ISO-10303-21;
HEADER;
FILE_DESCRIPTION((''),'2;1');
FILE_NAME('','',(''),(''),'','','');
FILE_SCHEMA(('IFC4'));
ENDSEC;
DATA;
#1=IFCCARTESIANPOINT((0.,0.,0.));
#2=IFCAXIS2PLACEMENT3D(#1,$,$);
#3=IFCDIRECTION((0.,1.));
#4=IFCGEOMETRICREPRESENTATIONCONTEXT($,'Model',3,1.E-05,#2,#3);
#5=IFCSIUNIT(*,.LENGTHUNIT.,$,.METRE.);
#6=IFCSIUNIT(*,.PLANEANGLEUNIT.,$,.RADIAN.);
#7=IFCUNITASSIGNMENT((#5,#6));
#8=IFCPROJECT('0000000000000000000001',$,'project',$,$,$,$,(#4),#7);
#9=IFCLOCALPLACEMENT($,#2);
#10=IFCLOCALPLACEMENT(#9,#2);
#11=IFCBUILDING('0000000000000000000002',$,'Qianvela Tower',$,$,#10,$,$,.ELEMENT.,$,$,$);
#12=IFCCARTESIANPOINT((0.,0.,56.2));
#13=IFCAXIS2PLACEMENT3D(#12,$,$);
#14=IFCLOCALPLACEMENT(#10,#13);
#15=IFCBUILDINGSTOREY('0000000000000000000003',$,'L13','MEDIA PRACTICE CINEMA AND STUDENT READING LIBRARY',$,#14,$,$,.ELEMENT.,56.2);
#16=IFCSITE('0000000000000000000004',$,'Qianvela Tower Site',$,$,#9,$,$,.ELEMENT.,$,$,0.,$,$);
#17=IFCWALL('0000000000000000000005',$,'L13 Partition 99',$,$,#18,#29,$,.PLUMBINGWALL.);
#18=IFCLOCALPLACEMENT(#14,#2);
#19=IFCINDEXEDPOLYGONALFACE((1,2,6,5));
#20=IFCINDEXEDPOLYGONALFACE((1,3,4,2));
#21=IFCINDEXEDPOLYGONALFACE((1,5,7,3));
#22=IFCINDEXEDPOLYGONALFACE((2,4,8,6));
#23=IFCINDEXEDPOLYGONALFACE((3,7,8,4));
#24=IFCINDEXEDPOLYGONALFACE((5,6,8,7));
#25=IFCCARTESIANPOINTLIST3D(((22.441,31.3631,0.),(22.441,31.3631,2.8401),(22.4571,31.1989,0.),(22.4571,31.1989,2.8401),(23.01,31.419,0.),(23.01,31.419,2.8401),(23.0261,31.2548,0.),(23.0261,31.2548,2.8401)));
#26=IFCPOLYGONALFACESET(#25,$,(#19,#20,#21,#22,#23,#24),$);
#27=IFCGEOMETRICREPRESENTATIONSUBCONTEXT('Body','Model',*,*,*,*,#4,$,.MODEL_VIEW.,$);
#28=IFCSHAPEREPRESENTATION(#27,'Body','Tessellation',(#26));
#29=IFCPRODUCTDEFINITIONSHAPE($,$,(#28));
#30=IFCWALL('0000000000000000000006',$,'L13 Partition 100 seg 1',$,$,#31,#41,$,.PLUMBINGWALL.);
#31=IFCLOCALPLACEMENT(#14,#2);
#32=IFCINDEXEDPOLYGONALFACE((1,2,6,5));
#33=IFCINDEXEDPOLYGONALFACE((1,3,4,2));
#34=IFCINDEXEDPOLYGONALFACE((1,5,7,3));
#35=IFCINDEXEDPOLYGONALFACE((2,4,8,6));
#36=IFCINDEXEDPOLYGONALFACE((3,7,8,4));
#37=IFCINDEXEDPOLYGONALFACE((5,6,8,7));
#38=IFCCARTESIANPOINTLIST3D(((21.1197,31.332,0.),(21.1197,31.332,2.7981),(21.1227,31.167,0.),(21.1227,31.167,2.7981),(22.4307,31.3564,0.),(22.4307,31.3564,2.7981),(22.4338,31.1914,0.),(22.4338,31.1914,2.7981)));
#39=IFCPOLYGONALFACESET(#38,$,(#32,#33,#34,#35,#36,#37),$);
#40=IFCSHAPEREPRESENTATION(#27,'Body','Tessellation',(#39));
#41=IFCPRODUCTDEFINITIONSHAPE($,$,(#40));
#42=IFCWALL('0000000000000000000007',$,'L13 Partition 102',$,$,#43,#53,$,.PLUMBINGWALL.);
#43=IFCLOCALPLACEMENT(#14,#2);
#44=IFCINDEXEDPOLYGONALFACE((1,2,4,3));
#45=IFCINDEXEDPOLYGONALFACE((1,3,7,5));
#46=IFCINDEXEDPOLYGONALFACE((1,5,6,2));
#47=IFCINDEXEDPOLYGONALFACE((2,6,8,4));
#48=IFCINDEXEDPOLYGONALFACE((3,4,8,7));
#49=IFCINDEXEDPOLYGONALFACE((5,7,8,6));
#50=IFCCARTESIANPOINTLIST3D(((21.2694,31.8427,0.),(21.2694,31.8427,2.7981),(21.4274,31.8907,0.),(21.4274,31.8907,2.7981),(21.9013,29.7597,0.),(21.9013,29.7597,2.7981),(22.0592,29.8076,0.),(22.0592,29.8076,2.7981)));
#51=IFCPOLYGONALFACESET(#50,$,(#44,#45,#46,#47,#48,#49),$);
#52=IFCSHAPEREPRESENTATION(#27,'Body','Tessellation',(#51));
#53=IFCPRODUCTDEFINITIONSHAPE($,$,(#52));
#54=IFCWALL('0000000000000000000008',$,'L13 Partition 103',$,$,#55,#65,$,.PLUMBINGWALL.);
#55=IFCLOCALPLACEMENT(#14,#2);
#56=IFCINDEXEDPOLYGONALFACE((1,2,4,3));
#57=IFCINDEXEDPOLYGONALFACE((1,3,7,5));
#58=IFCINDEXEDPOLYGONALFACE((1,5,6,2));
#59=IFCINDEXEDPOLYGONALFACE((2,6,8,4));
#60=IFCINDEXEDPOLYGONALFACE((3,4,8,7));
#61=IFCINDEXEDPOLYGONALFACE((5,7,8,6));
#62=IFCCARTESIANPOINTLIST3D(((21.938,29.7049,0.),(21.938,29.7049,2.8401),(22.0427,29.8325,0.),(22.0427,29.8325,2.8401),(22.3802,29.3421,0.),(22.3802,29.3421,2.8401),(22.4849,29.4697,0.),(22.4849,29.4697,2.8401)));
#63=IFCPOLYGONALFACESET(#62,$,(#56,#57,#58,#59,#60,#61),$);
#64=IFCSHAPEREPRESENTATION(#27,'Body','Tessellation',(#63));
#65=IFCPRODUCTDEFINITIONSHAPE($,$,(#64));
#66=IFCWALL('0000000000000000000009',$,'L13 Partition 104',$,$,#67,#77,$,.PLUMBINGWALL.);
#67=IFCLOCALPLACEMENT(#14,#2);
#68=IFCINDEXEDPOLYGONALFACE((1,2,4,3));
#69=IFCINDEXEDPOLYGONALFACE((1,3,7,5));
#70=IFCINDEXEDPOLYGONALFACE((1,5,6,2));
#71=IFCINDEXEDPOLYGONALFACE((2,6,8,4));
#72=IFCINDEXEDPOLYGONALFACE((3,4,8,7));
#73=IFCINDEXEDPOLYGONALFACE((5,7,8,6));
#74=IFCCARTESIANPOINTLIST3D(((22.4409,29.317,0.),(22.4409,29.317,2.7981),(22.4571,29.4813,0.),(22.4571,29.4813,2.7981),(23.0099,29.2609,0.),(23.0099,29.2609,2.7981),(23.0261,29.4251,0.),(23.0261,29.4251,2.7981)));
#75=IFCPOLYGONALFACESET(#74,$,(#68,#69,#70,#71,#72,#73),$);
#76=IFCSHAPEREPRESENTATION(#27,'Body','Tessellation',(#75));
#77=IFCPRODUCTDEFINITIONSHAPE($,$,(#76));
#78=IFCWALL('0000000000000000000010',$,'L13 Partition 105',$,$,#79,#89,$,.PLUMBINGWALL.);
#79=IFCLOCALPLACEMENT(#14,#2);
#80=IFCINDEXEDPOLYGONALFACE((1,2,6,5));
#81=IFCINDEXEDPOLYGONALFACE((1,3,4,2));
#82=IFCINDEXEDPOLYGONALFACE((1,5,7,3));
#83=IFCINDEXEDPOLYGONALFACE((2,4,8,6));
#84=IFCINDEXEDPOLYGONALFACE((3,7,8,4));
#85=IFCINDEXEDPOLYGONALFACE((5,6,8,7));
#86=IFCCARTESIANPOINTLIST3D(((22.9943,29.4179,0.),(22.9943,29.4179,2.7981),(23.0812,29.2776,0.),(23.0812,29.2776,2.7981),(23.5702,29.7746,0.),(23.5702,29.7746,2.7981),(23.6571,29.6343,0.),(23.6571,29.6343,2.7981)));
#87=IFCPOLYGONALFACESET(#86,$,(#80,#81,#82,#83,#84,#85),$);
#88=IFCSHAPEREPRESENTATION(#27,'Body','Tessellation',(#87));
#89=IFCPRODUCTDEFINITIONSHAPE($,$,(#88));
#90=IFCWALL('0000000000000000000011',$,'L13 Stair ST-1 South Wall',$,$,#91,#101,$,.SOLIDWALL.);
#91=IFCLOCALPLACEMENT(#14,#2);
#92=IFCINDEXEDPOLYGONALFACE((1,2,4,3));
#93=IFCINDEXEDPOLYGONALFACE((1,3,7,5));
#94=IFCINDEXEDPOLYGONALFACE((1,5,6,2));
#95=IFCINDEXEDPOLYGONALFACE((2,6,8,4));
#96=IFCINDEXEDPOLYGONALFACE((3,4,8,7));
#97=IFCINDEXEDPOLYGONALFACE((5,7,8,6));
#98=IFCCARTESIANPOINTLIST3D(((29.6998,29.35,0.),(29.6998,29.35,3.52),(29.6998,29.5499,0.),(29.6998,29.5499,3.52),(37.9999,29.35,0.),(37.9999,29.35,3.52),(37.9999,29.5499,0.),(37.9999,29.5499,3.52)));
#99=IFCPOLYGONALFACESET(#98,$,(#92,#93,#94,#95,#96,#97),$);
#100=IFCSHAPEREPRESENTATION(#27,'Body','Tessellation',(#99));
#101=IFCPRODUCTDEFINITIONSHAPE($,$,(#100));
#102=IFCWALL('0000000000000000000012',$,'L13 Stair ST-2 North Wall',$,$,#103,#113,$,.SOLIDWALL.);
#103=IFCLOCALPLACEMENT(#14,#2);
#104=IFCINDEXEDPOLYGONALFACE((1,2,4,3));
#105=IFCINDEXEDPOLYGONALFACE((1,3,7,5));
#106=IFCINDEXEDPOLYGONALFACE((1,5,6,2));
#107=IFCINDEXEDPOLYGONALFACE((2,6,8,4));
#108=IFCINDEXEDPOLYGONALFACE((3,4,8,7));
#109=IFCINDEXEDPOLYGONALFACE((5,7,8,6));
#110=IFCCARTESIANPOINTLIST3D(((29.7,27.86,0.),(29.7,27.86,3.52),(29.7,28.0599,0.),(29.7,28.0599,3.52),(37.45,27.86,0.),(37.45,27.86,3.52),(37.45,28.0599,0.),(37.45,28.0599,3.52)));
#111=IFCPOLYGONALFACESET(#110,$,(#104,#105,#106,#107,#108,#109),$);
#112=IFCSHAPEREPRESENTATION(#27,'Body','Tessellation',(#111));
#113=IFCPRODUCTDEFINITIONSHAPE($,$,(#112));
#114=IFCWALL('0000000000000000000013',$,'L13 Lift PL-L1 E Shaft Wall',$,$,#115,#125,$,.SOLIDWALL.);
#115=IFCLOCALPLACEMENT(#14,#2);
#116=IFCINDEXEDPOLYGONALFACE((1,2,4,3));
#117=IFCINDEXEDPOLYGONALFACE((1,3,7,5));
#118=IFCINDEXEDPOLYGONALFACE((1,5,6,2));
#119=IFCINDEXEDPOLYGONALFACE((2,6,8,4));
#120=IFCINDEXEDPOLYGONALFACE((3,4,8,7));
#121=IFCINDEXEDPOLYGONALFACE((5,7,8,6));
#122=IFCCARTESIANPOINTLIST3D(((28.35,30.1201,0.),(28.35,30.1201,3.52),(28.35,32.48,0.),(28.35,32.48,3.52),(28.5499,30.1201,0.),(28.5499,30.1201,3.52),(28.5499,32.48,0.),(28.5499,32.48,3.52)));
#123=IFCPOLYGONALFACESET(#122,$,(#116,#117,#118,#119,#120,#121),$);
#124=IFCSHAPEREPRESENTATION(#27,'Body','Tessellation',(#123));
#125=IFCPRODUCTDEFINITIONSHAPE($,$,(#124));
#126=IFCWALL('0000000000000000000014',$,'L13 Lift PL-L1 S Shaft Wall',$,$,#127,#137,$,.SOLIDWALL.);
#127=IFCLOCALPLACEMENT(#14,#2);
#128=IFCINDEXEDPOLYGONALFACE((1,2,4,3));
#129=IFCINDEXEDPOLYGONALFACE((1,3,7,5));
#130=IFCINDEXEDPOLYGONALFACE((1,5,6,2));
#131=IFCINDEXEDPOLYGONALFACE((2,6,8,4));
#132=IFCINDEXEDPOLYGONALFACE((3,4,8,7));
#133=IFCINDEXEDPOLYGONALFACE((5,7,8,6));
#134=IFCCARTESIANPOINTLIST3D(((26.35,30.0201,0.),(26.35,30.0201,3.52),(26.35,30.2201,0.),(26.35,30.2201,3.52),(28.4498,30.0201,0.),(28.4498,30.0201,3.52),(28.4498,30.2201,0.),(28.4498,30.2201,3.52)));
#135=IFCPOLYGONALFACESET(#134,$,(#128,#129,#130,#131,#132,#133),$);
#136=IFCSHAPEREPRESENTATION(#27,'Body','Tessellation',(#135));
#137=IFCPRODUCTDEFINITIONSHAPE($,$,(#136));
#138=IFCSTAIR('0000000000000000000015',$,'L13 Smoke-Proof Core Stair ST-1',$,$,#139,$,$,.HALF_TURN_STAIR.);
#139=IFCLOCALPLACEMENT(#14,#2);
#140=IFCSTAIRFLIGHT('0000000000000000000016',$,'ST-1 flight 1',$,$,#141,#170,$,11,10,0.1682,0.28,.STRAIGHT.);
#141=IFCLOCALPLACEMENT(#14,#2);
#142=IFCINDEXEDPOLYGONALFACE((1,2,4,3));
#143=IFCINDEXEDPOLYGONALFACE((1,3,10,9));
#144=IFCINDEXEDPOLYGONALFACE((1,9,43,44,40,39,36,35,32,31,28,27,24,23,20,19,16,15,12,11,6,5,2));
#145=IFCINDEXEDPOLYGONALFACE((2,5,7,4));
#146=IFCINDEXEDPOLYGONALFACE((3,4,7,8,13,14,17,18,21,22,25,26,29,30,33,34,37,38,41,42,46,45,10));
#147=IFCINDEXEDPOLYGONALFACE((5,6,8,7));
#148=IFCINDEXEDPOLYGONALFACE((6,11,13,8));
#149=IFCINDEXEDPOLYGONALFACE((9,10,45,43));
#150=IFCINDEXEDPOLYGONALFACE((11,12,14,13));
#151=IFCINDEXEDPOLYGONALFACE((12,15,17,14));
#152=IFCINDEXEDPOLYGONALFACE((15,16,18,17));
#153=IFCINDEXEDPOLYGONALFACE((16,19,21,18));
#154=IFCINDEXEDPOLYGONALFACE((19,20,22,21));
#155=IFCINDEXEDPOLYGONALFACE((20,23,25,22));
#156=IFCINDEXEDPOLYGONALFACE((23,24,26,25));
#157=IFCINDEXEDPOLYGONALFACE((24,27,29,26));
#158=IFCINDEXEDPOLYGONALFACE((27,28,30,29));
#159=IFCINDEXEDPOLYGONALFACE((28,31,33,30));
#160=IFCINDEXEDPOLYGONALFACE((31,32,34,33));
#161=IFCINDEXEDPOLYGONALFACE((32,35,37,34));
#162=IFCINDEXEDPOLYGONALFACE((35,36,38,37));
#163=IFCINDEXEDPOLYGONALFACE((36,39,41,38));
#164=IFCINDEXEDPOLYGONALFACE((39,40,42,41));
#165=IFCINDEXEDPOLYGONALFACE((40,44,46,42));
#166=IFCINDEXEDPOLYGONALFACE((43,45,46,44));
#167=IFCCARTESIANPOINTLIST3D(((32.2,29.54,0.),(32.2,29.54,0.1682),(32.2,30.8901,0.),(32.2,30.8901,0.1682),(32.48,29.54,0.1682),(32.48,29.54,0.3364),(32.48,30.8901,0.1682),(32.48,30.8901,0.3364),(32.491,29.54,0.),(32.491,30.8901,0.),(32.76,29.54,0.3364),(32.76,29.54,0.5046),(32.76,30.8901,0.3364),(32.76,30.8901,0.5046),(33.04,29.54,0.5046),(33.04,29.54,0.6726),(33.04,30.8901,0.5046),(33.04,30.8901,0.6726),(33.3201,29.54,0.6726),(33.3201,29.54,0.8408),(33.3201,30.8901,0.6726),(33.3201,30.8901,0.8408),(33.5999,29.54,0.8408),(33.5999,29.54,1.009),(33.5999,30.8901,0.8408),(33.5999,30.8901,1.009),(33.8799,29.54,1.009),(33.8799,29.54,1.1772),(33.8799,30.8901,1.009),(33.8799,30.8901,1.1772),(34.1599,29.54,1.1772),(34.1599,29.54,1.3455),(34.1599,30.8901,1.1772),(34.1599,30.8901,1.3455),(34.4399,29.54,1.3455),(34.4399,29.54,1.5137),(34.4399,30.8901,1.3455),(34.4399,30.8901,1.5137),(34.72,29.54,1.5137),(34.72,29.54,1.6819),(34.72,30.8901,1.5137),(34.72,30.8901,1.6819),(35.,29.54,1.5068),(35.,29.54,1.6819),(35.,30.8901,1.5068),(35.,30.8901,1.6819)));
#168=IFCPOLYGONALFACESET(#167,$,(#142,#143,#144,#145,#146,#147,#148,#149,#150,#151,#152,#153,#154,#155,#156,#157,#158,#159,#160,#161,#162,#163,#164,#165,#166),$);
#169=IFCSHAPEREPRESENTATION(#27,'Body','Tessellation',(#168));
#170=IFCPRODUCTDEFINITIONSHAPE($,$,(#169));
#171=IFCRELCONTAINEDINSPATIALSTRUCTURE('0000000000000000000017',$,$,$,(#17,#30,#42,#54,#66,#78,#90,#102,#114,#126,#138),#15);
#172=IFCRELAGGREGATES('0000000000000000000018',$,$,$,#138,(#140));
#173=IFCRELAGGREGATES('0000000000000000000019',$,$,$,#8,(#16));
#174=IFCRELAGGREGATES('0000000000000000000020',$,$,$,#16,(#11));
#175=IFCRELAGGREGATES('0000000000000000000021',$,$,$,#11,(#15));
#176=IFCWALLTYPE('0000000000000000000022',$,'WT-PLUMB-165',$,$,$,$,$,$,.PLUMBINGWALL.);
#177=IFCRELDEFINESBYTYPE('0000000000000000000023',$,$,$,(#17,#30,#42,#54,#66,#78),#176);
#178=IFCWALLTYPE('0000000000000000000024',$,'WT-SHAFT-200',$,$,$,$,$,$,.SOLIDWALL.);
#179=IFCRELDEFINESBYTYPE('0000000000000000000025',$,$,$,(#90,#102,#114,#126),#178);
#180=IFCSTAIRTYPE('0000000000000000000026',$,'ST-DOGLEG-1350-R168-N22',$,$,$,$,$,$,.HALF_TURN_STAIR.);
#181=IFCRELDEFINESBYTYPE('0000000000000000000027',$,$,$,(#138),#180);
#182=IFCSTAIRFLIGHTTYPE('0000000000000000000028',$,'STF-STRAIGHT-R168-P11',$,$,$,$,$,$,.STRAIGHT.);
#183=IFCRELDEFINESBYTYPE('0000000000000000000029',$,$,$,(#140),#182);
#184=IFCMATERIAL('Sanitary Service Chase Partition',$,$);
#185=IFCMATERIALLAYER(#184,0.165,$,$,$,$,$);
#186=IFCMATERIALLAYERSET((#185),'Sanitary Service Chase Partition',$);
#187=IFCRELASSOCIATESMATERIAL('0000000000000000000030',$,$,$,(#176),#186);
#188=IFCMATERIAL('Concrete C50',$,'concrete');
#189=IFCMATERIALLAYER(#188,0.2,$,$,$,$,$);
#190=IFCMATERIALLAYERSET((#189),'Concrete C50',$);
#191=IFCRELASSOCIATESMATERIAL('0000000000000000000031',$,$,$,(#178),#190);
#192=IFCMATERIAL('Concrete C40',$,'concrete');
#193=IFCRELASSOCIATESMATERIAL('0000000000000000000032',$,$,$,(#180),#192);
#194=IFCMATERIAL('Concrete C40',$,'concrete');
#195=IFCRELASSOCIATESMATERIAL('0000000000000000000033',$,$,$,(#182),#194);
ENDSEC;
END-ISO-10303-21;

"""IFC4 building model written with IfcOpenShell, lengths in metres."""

from ifc_helpers import new_model, si_unit, direction, frame, frame_2d, origin, place, context, subcontext, project, spatial, polyline, rectangle, outline, extrude, material, layer, layer_set, type_object, element, aggregate, save


model = new_model("IFC4")

# Units and contexts
model_context = context("Model", 3, precision=1e-05, world=origin(), true_north=direction((0.0, 1.0)))
body_context = subcontext(model_context, "Body", "Model", "MODEL_VIEW")
ifc_project = project(units=[si_unit("LENGTHUNIT", "METRE"), si_unit("PLANEANGLEUNIT", "RADIAN")], contexts=[model_context])

# Site, building, storey
site_placement = place(None, origin())
site = spatial("IfcSite", under=ifc_project, at=site_placement, Name="Qianvela Tower Site", CompositionType="ELEMENT", RefElevation=0.0)
building_placement = place(site_placement, origin())
building = spatial("IfcBuilding", under=site, at=building_placement, Name="Qianvela Tower", CompositionType="ELEMENT")
storey_placement = place(building_placement, frame((0.0, 0.0, 56.2)))
storey = spatial("IfcBuildingStorey", under=building, at=storey_placement, Name="L13", Description="MEDIA PRACTICE CINEMA AND STUDENT READING LIBRARY", CompositionType="ELEMENT", Elevation=56.2)

# Walls
ifc_material_1 = material(Name="Sanitary Service Chase Partition")
ifc_layer_1 = layer(ifc_material_1, 0.165)
ifc_layer_set_1 = layer_set([ifc_layer_1], Name="Sanitary Service Chase Partition")
wall_type_1 = type_object("IfcWallType", Name="WT-PLUMB-165", PredefinedType="PLUMBINGWALL", material=ifc_layer_set_1)
wall_1_placement = place(storey_placement, frame((23.0181, 31.3369, 0.0), z_axis=(0.0, 0.0, 1.0), x_axis=(-0.995209, -0.09777, 0.0)))
element("IfcWall", 1, at=wall_1_placement, inside=storey, type_object=wall_type_1, Name="L13 Partition 99", PredefinedType="PLUMBINGWALL", context=body_context, shape_type="SweptSolid", body=[
    extrude(rectangle(XDim=0.5718, YDim=0.165, at=frame_2d((0.2859, 0.0))), origin(), (0.0, 0.0, 1.0), 2.8401),
])
wall_2_placement = place(storey_placement, frame((22.4324, 31.2739, 0.0), z_axis=(0.0, 0.0, 1.0), x_axis=(-0.999827, -0.018619, 0.0)))
element("IfcWall", 2, at=wall_2_placement, inside=storey, type_object=wall_type_1, Name="L13 Partition 100 seg 1", PredefinedType="PLUMBINGWALL", context=body_context, shape_type="SweptSolid", body=[
    extrude(rectangle(XDim=1.3113, YDim=0.165, at=frame_2d((0.6558, 0.0))), origin(), (0.0, 0.0, 1.0), 2.7981),
])
wall_3_placement = place(storey_placement, frame((21.3484, 31.8667, 0.0), z_axis=(0.0, 0.0, 1.0), x_axis=(0.290269, -0.956945, 0.0)))
element("IfcWall", 3, at=wall_3_placement, inside=storey, type_object=wall_type_1, Name="L13 Partition 102", PredefinedType="PLUMBINGWALL", context=body_context, shape_type="SweptSolid", body=[
    extrude(rectangle(XDim=2.1768, YDim=0.165, at=frame_2d((1.0884, 0.0))), origin(), (0.0, 0.0, 1.0), 2.7981),
])
wall_4_placement = place(storey_placement, frame((21.9902, 29.7688, 0.0), z_axis=(0.0, 0.0, 1.0), x_axis=(0.773063, -0.63433, 0.0)))
element("IfcWall", 4, at=wall_4_placement, inside=storey, type_object=wall_type_1, Name="L13 Partition 103", PredefinedType="PLUMBINGWALL", context=body_context, shape_type="SweptSolid", body=[
    extrude(rectangle(XDim=0.572, YDim=0.165, at=frame_2d((0.2861, 0.0))), origin(), (0.0, 0.0, 1.0), 2.8401),
])
wall_5_placement = place(storey_placement, frame((22.449, 29.3992, 0.0), z_axis=(0.0, 0.0, 1.0), x_axis=(0.995167, -0.098193, 0.0)))
element("IfcWall", 5, at=wall_5_placement, inside=storey, type_object=wall_type_1, Name="L13 Partition 104", PredefinedType="PLUMBINGWALL", context=body_context, shape_type="SweptSolid", body=[
    extrude(rectangle(XDim=0.5718, YDim=0.165, at=frame_2d((0.2859, 0.0))), origin(), (0.0, 0.0, 1.0), 2.7981),
])
wall_6_placement = place(storey_placement, frame((23.0376, 29.3477, 0.0), z_axis=(0.0, 0.0, 1.0), x_axis=(0.850158, 0.526528, 0.0)))
element("IfcWall", 6, at=wall_6_placement, inside=storey, type_object=wall_type_1, Name="L13 Partition 105", PredefinedType="PLUMBINGWALL", context=body_context, shape_type="SweptSolid", body=[
    extrude(rectangle(XDim=0.6775, YDim=0.165, at=frame_2d((0.3389, 0.0))), origin(), (0.0, 0.0, 1.0), 2.7981),
])
ifc_material_2 = material(Name="Concrete C50", Category="concrete")
ifc_layer_2 = layer(ifc_material_2, 0.2)
ifc_layer_set_2 = layer_set([ifc_layer_2], Name="Concrete C50")
wall_type_2 = type_object("IfcWallType", Name="WT-SHAFT-200", PredefinedType="SOLIDWALL", material=ifc_layer_set_2)
wall_7_placement = place(storey_placement, frame((29.7, 29.45, 0.0), z_axis=(0.0, 0.0, 1.0), x_axis=(1.0, 0.0, 0.0)))
element("IfcWall", 7, at=wall_7_placement, inside=storey, type_object=wall_type_2, Name="L13 Stair ST-1 South Wall", PredefinedType="SOLIDWALL", context=body_context, shape_type="SweptSolid", body=[
    extrude(rectangle(XDim=8.3, YDim=0.2, at=frame_2d((4.1499, 0.0))), origin(), (0.0, 0.0, 1.0), 3.52),
])
wall_8_placement = place(storey_placement, frame((29.7, 27.96, 0.0), z_axis=(0.0, 0.0, 1.0), x_axis=(1.0, 0.0, 0.0)))
element("IfcWall", 8, at=wall_8_placement, inside=storey, type_object=wall_type_2, Name="L13 Stair ST-2 North Wall", PredefinedType="SOLIDWALL", context=body_context, shape_type="SweptSolid", body=[
    extrude(rectangle(XDim=7.75, YDim=0.2, at=frame_2d((3.875, 0.0))), origin(), (0.0, 0.0, 1.0), 3.52),
])
wall_9_placement = place(storey_placement, frame((28.45, 30.1201, 0.0), z_axis=(0.0, 0.0, 1.0), x_axis=(0.0, 1.0, 0.0)))
element("IfcWall", 9, at=wall_9_placement, inside=storey, type_object=wall_type_2, Name="L13 Lift PL-L1 E Shaft Wall", PredefinedType="SOLIDWALL", context=body_context, shape_type="SweptSolid", body=[
    extrude(rectangle(XDim=2.3599, YDim=0.2, at=frame_2d((1.1799, 0.0))), origin(), (0.0, 0.0, 1.0), 3.52),
])

# Wall
wall_10_placement = place(storey_placement, frame((26.3501, 30.1201, 0.0), z_axis=(0.0, 0.0, 1.0), x_axis=(1.0, 0.0, 0.0)))
element("IfcWall", 10, at=wall_10_placement, inside=storey, type_object=wall_type_2, Name="L13 Lift PL-L1 S Shaft Wall", PredefinedType="SOLIDWALL", context=body_context, shape_type="SweptSolid", body=[
    extrude(rectangle(XDim=2.0999, YDim=0.2, at=frame_2d((1.0498, 0.0))), origin(), (0.0, 0.0, 1.0), 3.52),
])

# Stair, stair flight
ifc_material_3 = material(Name="Concrete C40", Category="concrete")
stair_type = type_object("IfcStairType", Name="ST-DOGLEG-1350-R168-N22", PredefinedType="HALF_TURN_STAIR", material=ifc_material_3)
stair_placement = place(storey_placement, origin())
stair = element("IfcStair", 11, at=stair_placement, inside=storey, type_object=stair_type, Name="L13 Smoke-Proof Core Stair ST-1", PredefinedType="HALF_TURN_STAIR")
ifc_material_4 = material(Name="Concrete C40", Category="concrete")
stair_flight_type = type_object("IfcStairFlightType", Name="STF-STRAIGHT-R168-P11", PredefinedType="STRAIGHT", material=ifc_material_4)
stair_flight_placement = place(storey_placement, frame((32.2, 30.2151, 0.0), z_axis=(0.0, 0.0, 1.0), x_axis=(1.0, 0.0, 0.0)))
stair_flight = element("IfcStairFlight", 12, at=stair_flight_placement, type_object=stair_flight_type, Name="ST-1 flight 1", NumberOfRisers=11, NumberOfTreads=10, PredefinedType="STRAIGHT", RiserHeight=0.1682, TreadLength=0.28, context=body_context, shape_type="SweptSolid", body=[
    extrude(outline(polyline([(0.0, 0.0), (0.0, 0.1682), (0.28, 0.1682), (0.28, 0.3364), (0.5601, 0.3364), (0.5601, 0.5046), (0.8401, 0.5046), (0.8401, 0.6726), (1.1201, 0.6726), (1.1201, 0.8408), (1.3999, 0.8408), (1.3999, 1.009), (1.6799, 1.009), (1.6799, 1.1772), (1.96, 1.1772), (1.96, 1.3455), (2.24, 1.3455), (2.24, 1.5137), (2.52, 1.5137), (2.52, 1.6819), (2.8, 1.6819), (2.8, 1.8501), (2.8, 1.5068), (0.291, 0.0), (0.0, 0.0)])), frame((0.0, 0.675, 0.0), z_axis=(0.0, -1.0, 0.0), x_axis=(1.0, 0.0, 0.0)), (0.0, 0.0, 1.0), 1.3501),
])
aggregate(stair, [stair_flight])

save(model, "model.ifc")
